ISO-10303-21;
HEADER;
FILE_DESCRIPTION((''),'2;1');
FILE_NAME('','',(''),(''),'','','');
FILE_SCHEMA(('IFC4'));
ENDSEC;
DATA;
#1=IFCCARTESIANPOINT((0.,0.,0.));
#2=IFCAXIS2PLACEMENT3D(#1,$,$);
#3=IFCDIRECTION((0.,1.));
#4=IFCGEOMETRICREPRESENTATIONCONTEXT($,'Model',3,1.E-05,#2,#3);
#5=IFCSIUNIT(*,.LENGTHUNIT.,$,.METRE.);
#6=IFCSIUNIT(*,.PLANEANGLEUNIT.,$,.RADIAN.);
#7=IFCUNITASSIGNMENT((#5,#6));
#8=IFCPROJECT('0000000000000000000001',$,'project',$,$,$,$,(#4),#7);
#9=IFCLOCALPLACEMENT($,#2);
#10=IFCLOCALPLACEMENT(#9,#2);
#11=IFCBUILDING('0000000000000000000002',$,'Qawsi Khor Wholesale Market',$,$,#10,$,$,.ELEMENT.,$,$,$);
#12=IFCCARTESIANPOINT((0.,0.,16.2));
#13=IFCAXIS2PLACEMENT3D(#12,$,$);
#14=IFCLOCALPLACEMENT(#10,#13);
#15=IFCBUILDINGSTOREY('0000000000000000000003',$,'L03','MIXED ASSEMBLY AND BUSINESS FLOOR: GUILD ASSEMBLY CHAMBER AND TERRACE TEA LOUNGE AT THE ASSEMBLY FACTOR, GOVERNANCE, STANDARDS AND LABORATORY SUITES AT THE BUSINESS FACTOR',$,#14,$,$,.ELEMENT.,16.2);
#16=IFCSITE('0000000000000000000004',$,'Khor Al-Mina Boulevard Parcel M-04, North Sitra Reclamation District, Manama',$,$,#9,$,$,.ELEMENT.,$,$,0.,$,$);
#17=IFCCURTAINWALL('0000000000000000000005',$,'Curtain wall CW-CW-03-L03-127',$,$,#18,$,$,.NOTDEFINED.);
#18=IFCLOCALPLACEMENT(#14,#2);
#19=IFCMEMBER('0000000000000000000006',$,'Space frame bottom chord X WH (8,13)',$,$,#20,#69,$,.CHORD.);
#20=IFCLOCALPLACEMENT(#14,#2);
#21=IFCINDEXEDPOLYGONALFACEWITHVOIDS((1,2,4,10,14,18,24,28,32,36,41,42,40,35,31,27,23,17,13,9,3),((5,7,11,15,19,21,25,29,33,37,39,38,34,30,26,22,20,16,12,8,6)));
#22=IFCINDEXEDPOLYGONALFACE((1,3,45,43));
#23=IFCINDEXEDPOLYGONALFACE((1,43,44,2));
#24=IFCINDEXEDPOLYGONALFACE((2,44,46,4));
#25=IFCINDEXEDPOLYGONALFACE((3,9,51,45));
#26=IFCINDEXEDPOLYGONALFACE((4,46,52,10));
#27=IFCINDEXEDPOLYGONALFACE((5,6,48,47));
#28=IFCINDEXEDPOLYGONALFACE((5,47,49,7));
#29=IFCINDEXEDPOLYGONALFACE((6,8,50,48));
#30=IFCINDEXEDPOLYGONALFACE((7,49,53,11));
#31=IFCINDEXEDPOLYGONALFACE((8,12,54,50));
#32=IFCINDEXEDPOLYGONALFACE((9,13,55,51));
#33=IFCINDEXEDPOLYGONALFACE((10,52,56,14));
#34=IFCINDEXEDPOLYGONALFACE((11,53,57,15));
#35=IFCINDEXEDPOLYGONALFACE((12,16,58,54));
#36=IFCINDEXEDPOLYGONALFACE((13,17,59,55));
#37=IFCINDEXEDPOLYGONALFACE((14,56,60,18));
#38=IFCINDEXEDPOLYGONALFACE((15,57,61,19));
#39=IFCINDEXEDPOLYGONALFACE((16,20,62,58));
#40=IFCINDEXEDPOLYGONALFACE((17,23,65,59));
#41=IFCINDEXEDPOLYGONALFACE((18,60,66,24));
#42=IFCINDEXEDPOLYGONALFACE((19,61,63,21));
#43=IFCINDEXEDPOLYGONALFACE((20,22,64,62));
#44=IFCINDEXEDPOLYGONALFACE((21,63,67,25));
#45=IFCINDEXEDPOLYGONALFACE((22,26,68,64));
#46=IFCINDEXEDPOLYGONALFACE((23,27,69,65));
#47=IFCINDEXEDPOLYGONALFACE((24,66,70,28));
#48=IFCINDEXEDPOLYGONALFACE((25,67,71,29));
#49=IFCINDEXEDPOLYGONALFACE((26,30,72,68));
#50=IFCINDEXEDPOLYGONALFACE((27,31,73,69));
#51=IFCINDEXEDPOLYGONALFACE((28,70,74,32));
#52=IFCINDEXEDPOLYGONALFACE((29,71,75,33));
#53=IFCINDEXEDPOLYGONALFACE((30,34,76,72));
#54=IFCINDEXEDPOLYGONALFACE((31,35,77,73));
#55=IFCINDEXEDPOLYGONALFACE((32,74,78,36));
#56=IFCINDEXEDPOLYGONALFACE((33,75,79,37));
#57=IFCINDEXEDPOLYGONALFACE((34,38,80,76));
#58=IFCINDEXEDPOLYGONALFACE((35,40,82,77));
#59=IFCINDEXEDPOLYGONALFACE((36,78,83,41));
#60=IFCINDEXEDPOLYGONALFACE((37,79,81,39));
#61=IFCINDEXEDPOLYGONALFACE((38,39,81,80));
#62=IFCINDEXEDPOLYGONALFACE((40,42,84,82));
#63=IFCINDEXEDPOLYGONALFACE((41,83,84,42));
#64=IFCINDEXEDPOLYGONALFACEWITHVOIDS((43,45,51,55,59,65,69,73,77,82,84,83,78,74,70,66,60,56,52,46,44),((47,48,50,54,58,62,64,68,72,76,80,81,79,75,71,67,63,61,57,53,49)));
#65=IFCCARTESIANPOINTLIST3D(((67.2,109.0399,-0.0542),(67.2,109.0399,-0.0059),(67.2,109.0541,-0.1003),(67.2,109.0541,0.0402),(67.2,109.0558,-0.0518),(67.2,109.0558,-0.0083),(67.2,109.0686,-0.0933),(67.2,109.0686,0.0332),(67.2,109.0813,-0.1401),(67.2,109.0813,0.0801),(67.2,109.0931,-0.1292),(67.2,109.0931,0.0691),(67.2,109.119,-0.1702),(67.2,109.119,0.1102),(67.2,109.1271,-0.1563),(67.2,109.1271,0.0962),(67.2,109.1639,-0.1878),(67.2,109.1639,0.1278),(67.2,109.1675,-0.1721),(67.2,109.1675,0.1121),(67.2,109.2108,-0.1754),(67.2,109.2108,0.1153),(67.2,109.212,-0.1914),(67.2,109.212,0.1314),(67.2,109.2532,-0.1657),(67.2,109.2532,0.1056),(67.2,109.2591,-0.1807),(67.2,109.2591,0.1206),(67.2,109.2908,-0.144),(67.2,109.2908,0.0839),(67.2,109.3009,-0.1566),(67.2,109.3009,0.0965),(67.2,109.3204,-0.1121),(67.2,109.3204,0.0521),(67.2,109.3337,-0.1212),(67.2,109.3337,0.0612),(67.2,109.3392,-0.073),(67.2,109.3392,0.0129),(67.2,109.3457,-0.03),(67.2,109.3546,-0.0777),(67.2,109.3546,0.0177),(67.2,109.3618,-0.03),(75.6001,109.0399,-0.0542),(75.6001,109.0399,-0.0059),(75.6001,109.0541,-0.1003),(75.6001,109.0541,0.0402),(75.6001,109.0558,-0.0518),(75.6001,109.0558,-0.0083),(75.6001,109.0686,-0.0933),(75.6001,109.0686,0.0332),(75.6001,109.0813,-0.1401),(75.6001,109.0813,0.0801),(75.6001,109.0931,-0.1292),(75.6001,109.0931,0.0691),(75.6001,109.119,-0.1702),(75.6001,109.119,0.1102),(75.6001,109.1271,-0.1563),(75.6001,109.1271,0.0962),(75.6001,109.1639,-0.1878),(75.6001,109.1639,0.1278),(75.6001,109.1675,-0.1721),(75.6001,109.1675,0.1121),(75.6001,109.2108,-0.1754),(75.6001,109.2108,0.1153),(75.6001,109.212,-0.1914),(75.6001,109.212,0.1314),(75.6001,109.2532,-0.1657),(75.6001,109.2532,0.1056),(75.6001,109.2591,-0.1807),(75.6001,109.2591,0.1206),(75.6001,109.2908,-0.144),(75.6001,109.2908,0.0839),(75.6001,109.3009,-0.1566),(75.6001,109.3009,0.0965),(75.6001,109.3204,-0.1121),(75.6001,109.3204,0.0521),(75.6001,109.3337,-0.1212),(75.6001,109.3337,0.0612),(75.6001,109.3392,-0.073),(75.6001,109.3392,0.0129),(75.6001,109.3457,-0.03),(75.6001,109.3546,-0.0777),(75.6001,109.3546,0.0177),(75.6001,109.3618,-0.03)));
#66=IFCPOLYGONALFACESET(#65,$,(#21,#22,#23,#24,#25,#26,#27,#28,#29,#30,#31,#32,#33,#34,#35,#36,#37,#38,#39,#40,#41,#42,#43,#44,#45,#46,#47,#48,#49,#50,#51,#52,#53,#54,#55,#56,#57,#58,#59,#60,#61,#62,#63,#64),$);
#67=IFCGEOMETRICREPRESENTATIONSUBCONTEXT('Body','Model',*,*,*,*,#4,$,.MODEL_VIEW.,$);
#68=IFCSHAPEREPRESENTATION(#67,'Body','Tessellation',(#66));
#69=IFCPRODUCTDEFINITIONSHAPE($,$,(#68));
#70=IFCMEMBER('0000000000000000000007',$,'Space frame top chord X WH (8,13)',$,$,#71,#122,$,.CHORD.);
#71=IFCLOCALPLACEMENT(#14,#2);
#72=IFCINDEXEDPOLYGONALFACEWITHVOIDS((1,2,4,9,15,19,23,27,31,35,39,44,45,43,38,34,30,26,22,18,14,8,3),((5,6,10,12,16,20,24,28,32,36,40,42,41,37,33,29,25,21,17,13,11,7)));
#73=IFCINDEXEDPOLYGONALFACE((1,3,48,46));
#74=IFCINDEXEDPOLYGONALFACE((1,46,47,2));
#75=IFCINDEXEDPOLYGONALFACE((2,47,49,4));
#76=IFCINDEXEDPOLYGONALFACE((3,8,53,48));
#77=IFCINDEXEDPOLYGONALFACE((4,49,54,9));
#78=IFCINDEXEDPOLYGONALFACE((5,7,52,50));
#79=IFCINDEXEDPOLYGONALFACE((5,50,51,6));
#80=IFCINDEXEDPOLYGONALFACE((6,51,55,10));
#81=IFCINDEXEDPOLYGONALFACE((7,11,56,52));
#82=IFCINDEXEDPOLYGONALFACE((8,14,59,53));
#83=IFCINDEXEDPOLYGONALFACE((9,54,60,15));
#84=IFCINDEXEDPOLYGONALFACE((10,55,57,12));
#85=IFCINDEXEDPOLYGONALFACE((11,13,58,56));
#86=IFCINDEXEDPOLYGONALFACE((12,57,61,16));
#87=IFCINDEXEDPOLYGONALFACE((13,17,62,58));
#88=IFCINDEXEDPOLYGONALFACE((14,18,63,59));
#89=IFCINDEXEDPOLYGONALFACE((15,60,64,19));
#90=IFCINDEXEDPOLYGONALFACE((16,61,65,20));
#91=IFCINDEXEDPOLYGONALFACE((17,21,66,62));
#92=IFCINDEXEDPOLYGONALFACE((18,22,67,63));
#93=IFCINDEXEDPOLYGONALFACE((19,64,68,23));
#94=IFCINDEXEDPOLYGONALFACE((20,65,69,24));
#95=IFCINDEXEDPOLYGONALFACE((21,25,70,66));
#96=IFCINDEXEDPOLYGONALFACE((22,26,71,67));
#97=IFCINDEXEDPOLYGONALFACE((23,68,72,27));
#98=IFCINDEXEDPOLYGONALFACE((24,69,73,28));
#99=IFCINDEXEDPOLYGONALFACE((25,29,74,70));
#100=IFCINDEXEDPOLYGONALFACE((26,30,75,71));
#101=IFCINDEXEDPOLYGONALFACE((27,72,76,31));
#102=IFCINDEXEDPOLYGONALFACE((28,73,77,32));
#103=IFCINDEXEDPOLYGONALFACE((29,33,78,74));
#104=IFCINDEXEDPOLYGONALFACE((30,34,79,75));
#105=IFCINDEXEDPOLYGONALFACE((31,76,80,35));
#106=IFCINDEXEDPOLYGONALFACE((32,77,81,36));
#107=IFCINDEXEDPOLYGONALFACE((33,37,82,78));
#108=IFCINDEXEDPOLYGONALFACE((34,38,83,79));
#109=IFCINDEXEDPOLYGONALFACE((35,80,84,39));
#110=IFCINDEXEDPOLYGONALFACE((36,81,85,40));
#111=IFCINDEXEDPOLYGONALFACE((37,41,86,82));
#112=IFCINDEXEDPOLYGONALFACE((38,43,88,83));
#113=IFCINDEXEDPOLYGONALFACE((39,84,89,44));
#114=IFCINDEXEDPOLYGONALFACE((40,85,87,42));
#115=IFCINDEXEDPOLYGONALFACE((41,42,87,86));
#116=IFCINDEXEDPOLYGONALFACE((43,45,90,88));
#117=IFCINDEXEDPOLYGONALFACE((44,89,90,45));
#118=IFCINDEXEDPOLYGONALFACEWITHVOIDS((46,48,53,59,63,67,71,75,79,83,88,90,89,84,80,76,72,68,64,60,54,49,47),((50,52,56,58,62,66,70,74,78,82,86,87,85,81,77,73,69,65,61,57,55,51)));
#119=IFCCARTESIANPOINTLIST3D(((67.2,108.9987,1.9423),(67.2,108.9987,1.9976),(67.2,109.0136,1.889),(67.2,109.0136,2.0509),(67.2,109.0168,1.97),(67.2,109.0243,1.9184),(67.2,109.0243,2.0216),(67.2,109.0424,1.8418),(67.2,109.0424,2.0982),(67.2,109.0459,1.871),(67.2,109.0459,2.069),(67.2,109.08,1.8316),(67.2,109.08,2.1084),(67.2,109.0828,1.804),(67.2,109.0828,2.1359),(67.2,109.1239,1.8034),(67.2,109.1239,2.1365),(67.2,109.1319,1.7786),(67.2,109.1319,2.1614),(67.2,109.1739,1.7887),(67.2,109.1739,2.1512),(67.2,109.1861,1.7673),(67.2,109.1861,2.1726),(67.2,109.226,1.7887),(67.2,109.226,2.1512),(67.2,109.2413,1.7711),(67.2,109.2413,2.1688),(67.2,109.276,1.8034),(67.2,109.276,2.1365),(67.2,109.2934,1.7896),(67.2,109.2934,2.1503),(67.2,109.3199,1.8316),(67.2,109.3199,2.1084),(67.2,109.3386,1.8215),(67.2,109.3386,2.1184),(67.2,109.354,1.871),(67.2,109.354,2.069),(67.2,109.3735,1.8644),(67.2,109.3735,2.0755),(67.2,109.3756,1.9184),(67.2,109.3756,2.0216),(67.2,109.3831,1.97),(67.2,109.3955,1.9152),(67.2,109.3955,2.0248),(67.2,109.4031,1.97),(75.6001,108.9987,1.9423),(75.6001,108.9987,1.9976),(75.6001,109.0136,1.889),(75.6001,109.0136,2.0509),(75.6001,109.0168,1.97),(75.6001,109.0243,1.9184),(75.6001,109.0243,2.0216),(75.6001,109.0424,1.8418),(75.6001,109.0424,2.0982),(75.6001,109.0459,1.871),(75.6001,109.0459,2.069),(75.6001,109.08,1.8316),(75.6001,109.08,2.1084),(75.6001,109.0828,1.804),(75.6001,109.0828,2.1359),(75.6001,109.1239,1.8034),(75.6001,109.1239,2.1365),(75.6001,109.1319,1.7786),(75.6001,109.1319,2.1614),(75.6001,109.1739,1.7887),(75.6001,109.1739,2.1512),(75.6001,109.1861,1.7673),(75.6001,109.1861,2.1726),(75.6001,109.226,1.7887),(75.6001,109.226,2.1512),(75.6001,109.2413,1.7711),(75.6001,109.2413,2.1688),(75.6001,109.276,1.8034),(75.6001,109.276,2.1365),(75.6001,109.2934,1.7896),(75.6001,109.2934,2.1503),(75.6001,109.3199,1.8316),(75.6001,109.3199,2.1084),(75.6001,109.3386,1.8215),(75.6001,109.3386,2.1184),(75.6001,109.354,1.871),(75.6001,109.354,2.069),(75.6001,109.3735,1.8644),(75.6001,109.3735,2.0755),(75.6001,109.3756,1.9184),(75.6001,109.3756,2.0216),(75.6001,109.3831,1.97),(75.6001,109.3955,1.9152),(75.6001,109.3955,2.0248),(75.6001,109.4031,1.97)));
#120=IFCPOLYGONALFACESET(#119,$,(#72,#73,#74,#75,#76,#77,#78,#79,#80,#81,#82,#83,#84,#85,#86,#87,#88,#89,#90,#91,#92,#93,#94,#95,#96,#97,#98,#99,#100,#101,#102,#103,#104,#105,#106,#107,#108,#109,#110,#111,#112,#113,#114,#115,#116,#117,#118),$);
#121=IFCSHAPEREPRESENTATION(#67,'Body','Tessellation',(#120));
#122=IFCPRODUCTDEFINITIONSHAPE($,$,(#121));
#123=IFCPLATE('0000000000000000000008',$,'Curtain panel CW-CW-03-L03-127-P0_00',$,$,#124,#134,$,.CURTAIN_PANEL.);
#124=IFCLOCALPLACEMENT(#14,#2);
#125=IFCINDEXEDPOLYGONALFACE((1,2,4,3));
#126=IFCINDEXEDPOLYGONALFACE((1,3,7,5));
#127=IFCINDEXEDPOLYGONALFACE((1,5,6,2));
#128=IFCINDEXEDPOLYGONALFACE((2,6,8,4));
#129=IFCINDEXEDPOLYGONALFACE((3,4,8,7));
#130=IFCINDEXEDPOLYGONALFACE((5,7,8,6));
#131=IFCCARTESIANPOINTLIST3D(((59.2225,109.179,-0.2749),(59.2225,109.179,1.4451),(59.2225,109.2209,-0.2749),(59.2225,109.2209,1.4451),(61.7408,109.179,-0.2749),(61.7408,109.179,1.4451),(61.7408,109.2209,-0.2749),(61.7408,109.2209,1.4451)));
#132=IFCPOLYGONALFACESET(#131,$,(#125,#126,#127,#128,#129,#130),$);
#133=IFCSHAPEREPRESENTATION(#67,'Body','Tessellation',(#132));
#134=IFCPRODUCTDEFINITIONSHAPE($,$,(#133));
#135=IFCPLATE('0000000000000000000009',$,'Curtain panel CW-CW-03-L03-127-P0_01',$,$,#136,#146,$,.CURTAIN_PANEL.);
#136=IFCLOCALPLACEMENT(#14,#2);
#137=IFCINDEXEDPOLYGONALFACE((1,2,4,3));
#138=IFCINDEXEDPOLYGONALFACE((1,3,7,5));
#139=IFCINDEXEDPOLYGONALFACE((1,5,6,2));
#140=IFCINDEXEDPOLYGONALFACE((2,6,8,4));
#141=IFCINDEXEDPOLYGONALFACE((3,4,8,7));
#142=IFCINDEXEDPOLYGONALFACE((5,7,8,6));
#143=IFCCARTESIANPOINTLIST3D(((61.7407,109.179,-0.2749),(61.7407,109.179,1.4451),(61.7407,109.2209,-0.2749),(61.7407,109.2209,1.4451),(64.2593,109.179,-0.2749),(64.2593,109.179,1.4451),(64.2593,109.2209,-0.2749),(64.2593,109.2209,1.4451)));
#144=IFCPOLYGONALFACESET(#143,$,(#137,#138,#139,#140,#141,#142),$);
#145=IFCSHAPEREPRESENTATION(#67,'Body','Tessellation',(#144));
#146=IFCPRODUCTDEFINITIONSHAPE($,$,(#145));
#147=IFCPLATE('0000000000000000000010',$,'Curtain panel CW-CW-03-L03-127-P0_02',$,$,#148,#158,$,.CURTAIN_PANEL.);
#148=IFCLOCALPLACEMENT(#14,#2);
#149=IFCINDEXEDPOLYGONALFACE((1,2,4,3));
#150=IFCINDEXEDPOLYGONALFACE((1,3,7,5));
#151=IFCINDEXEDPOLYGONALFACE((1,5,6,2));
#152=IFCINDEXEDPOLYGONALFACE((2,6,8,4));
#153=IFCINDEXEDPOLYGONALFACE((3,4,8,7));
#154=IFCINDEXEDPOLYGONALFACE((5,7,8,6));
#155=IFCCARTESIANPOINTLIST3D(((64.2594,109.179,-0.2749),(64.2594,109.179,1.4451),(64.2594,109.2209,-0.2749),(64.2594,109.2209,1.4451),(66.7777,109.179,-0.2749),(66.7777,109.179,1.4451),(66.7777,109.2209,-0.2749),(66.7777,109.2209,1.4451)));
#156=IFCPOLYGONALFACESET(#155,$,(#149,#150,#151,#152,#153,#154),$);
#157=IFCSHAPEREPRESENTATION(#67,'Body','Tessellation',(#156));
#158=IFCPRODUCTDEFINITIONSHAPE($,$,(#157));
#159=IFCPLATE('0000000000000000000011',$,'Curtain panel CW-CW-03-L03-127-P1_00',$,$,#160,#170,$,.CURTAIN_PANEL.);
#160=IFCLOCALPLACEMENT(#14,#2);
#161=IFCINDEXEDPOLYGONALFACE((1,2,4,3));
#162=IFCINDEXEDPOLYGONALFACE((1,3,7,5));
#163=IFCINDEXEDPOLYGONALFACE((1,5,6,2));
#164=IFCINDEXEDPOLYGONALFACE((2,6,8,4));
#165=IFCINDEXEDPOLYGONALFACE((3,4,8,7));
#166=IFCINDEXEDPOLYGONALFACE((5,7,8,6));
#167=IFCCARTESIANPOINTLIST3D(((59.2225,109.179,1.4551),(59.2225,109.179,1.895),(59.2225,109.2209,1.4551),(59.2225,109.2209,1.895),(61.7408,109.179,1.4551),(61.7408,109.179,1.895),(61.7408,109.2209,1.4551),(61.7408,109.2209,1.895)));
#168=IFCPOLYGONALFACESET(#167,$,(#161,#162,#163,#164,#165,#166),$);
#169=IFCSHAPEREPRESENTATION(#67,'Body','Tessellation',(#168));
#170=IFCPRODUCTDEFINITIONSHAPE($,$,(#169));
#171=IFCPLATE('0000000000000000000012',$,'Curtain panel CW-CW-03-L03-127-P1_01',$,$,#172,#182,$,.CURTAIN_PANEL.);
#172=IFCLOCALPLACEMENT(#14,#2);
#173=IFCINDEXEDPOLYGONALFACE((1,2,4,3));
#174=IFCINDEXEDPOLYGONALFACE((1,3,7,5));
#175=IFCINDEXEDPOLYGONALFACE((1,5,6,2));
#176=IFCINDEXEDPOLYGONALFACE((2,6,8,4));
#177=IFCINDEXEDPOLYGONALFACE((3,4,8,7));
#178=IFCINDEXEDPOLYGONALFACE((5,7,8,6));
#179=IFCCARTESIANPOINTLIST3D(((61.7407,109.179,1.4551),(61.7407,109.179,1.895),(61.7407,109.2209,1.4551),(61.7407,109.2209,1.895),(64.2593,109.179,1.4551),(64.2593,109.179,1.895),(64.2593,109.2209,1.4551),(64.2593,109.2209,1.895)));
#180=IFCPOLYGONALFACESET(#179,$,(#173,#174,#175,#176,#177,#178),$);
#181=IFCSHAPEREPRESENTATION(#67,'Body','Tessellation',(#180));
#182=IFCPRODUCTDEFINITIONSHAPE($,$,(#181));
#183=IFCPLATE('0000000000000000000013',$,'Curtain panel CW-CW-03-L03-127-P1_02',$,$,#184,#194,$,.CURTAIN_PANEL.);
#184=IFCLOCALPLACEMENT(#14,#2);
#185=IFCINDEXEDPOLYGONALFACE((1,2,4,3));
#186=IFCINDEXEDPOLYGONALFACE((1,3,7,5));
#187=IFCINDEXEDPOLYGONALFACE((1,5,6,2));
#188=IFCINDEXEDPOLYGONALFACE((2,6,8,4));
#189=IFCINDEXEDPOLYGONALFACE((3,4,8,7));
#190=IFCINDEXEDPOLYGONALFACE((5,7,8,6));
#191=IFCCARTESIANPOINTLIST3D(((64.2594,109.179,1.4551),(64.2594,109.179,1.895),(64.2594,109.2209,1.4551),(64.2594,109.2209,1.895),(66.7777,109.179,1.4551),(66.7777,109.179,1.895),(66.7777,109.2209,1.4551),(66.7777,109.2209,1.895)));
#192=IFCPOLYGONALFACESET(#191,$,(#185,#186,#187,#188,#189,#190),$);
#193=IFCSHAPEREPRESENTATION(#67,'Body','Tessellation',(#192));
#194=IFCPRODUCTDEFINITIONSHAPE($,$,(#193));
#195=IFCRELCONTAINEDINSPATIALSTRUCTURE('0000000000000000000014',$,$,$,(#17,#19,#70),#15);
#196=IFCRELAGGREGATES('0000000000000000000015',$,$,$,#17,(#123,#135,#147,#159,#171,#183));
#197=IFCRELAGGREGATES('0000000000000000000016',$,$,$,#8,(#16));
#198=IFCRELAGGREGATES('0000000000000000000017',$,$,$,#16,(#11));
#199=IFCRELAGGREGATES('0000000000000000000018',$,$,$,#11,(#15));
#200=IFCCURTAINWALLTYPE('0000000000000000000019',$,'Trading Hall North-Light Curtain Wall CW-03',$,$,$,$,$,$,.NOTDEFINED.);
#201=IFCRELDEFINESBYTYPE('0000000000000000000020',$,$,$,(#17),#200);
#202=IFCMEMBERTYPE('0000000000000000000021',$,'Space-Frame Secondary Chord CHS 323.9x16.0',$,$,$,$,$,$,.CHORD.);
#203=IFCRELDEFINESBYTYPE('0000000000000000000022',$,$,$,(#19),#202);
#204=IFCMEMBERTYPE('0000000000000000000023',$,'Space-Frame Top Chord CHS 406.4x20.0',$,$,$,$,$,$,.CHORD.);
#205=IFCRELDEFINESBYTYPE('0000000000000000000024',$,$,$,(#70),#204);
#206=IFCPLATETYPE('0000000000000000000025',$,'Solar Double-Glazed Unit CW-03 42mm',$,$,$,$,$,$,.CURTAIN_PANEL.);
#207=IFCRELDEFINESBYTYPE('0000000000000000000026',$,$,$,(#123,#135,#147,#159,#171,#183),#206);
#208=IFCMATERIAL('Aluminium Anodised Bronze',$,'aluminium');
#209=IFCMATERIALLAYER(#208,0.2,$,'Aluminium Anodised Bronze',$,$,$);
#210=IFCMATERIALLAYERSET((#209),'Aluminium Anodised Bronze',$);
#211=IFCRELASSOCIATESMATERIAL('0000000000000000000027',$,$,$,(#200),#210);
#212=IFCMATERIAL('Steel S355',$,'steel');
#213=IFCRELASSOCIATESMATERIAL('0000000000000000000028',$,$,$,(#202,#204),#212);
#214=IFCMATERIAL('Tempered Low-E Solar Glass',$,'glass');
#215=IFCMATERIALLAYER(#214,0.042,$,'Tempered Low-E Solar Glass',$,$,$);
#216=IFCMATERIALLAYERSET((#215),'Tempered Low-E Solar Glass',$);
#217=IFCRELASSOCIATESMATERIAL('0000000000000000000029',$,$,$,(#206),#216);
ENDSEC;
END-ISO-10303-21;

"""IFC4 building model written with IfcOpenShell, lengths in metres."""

from ifc_helpers import new_model, si_unit, direction, frame, frame_2d, origin, origin_2d, place, context, subcontext, project, spatial, rectangle, hollow_circle, extrude, material, layer, layer_set, material_profile, profile_set, type_object, element, aggregate, save


model = new_model("IFC4")

# Units and contexts
model_context = context("Model", 3, precision=1e-05, world=origin(), true_north=direction((0.0, 1.0)))
body_context = subcontext(model_context, "Body", "Model", "MODEL_VIEW")
ifc_project = project(units=[si_unit("LENGTHUNIT", "METRE"), si_unit("PLANEANGLEUNIT", "RADIAN")], contexts=[model_context])

# Site, building, storey
site_placement = place(None, origin())
site = spatial("IfcSite", under=ifc_project, at=site_placement, Name="Khor Al-Mina Boulevard Parcel M-04, North Sitra Reclamation District, Manama", CompositionType="ELEMENT", RefElevation=0.0)
building_placement = place(site_placement, origin())
building = spatial("IfcBuilding", under=site, at=building_placement, Name="Qawsi Khor Wholesale Market", CompositionType="ELEMENT")
storey_placement = place(building_placement, frame((0.0, 0.0, 16.2)))
storey = spatial("IfcBuildingStorey", under=building, at=storey_placement, Name="L03", Description="MIXED ASSEMBLY AND BUSINESS FLOOR: GUILD ASSEMBLY CHAMBER AND TERRACE TEA LOUNGE AT THE ASSEMBLY FACTOR, GOVERNANCE, STANDARDS AND LABORATORY SUITES AT THE BUSINESS FACTOR", CompositionType="ELEMENT", Elevation=16.2)

# Curtain wall
ifc_material_1 = material(Name="Aluminium Anodised Bronze", Category="aluminium")
ifc_layer_1 = layer(ifc_material_1, 0.2, Name="Aluminium Anodised Bronze")
ifc_layer_set_1 = layer_set([ifc_layer_1], Name="Aluminium Anodised Bronze")
curtain_wall_type = type_object("IfcCurtainWallType", Name="Trading Hall North-Light Curtain Wall CW-03", PredefinedType="NOTDEFINED", material=ifc_layer_set_1)
curtain_wall_1_placement = place(storey_placement, origin())
curtain_wall_1 = element("IfcCurtainWall", 1, at=curtain_wall_1_placement, inside=storey, type_object=curtain_wall_type, Name="Curtain wall CW-CW-03-L03-127", PredefinedType="NOTDEFINED")

# Members
ifc_material_2 = material(Name="Steel S355", Category="steel")
ifc_material_profile_1 = material_profile(ifc_material_2, hollow_circle(Radius=0.1619, WallThickness=0.0161, at=origin_2d()), Name="CHS 323.9x16.0")
ifc_profile_set_1 = profile_set([ifc_material_profile_1], Name="Steel S355")
member_type_1 = type_object("IfcMemberType", Name="Space-Frame Secondary Chord CHS 323.9x16.0", PredefinedType="CHORD", material=ifc_profile_set_1)
member_1_placement = place(storey_placement, frame((67.2, 109.2, -0.03), z_axis=(1.0, 0.0, 0.0), x_axis=(0.0, 1.0, 0.0)))
element("IfcMember", 2, at=member_1_placement, inside=storey, type_object=member_type_1, Name="Space frame bottom chord X WH (8,13)", PredefinedType="CHORD", context=body_context, shape_type="SweptSolid", body=[
    extrude(hollow_circle(Radius=0.1619, WallThickness=0.0161, at=origin_2d()), origin(), (0.0, 0.0, 1.0), 8.4001),
])
ifc_material_profile_2 = material_profile(ifc_material_2, hollow_circle(Radius=0.2031, WallThickness=0.02, at=origin_2d()), Name="CHS 406.4x20.0")
ifc_profile_set_2 = profile_set([ifc_material_profile_2], Name="Steel S355")
member_type_2 = type_object("IfcMemberType", Name="Space-Frame Top Chord CHS 406.4x20.0", PredefinedType="CHORD", material=ifc_profile_set_2)
member_2_placement = place(storey_placement, frame((67.2, 109.2, 1.97), z_axis=(1.0, 0.0, 0.0), x_axis=(0.0, 1.0, 0.0)))
element("IfcMember", 3, at=member_2_placement, inside=storey, type_object=member_type_2, Name="Space frame top chord X WH (8,13)", PredefinedType="CHORD", context=body_context, shape_type="SweptSolid", body=[
    extrude(hollow_circle(Radius=0.2031, WallThickness=0.02, at=origin_2d()), origin(), (0.0, 0.0, 1.0), 8.4001),
])

# Plates
ifc_material_3 = material(Name="Tempered Low-E Solar Glass", Category="glass")
ifc_layer_2 = layer(ifc_material_3, 0.042, Name="Tempered Low-E Solar Glass")
ifc_layer_set_2 = layer_set([ifc_layer_2], Name="Tempered Low-E Solar Glass")
plate_type = type_object("IfcPlateType", Name="Solar Double-Glazed Unit CW-03 42mm", PredefinedType="CURTAIN_PANEL", material=ifc_layer_set_2)
plate_1_placement = place(storey_placement, frame((59.2224, 109.2, -0.2749), z_axis=(0.0, 0.0, 1.0), x_axis=(1.0, 0.0, 0.0)))
plate_1 = element("IfcPlate", 4, at=plate_1_placement, type_object=plate_type, Name="Curtain panel CW-CW-03-L03-127-P0_00", PredefinedType="CURTAIN_PANEL", context=body_context, shape_type="SweptSolid", body=[
    extrude(rectangle(XDim=2.5183, YDim=0.042, at=frame_2d((1.2593, 0.0))), origin(), (0.0, 0.0, 1.0), 1.72),
])
plate_2_placement = place(storey_placement, frame((61.7407, 109.2, -0.2749), z_axis=(0.0, 0.0, 1.0), x_axis=(1.0, 0.0, 0.0)))
plate_2 = element("IfcPlate", 5, at=plate_2_placement, type_object=plate_type, Name="Curtain panel CW-CW-03-L03-127-P0_01", PredefinedType="CURTAIN_PANEL", context=body_context, shape_type="SweptSolid", body=[
    extrude(rectangle(XDim=2.5186, YDim=0.042, at=frame_2d((1.2593, 0.0))), origin(), (0.0, 0.0, 1.0), 1.72),
])
plate_3_placement = place(storey_placement, frame((64.2593, 109.2, -0.2749), z_axis=(0.0, 0.0, 1.0), x_axis=(1.0, 0.0, 0.0)))
plate_3 = element("IfcPlate", 6, at=plate_3_placement, type_object=plate_type, Name="Curtain panel CW-CW-03-L03-127-P0_02", PredefinedType="CURTAIN_PANEL", context=body_context, shape_type="SweptSolid", body=[
    extrude(rectangle(XDim=2.5183, YDim=0.042, at=frame_2d((1.2593, 0.0))), origin(), (0.0, 0.0, 1.0), 1.72),
])
plate_4_placement = place(storey_placement, frame((59.2224, 109.2, 1.4551), z_axis=(0.0, 0.0, 1.0), x_axis=(1.0, 0.0, 0.0)))
plate_4 = element("IfcPlate", 7, at=plate_4_placement, type_object=plate_type, Name="Curtain panel CW-CW-03-L03-127-P1_00", PredefinedType="CURTAIN_PANEL", context=body_context, shape_type="SweptSolid", body=[
    extrude(rectangle(XDim=2.5183, YDim=0.042, at=frame_2d((1.2593, 0.0))), origin(), (0.0, 0.0, 1.0), 0.4399),
])
plate_5_placement = place(storey_placement, frame((61.7407, 109.2, 1.4551), z_axis=(0.0, 0.0, 1.0), x_axis=(1.0, 0.0, 0.0)))
plate_5 = element("IfcPlate", 8, at=plate_5_placement, type_object=plate_type, Name="Curtain panel CW-CW-03-L03-127-P1_01", PredefinedType="CURTAIN_PANEL", context=body_context, shape_type="SweptSolid", body=[
    extrude(rectangle(XDim=2.5186, YDim=0.042, at=frame_2d((1.2593, 0.0))), origin(), (0.0, 0.0, 1.0), 0.4399),
])
plate_6_placement = place(storey_placement, frame((64.2593, 109.2, 1.4551), z_axis=(0.0, 0.0, 1.0), x_axis=(1.0, 0.0, 0.0)))
plate_6 = element("IfcPlate", 9, at=plate_6_placement, type_object=plate_type, Name="Curtain panel CW-CW-03-L03-127-P1_02", PredefinedType="CURTAIN_PANEL", context=body_context, shape_type="SweptSolid", body=[
    extrude(rectangle(XDim=2.5183, YDim=0.042, at=frame_2d((1.2593, 0.0))), origin(), (0.0, 0.0, 1.0), 0.4399),
])
aggregate(curtain_wall_1, [plate_1, plate_2, plate_3, plate_4, plate_5, plate_6])

save(model, "model.ifc")
